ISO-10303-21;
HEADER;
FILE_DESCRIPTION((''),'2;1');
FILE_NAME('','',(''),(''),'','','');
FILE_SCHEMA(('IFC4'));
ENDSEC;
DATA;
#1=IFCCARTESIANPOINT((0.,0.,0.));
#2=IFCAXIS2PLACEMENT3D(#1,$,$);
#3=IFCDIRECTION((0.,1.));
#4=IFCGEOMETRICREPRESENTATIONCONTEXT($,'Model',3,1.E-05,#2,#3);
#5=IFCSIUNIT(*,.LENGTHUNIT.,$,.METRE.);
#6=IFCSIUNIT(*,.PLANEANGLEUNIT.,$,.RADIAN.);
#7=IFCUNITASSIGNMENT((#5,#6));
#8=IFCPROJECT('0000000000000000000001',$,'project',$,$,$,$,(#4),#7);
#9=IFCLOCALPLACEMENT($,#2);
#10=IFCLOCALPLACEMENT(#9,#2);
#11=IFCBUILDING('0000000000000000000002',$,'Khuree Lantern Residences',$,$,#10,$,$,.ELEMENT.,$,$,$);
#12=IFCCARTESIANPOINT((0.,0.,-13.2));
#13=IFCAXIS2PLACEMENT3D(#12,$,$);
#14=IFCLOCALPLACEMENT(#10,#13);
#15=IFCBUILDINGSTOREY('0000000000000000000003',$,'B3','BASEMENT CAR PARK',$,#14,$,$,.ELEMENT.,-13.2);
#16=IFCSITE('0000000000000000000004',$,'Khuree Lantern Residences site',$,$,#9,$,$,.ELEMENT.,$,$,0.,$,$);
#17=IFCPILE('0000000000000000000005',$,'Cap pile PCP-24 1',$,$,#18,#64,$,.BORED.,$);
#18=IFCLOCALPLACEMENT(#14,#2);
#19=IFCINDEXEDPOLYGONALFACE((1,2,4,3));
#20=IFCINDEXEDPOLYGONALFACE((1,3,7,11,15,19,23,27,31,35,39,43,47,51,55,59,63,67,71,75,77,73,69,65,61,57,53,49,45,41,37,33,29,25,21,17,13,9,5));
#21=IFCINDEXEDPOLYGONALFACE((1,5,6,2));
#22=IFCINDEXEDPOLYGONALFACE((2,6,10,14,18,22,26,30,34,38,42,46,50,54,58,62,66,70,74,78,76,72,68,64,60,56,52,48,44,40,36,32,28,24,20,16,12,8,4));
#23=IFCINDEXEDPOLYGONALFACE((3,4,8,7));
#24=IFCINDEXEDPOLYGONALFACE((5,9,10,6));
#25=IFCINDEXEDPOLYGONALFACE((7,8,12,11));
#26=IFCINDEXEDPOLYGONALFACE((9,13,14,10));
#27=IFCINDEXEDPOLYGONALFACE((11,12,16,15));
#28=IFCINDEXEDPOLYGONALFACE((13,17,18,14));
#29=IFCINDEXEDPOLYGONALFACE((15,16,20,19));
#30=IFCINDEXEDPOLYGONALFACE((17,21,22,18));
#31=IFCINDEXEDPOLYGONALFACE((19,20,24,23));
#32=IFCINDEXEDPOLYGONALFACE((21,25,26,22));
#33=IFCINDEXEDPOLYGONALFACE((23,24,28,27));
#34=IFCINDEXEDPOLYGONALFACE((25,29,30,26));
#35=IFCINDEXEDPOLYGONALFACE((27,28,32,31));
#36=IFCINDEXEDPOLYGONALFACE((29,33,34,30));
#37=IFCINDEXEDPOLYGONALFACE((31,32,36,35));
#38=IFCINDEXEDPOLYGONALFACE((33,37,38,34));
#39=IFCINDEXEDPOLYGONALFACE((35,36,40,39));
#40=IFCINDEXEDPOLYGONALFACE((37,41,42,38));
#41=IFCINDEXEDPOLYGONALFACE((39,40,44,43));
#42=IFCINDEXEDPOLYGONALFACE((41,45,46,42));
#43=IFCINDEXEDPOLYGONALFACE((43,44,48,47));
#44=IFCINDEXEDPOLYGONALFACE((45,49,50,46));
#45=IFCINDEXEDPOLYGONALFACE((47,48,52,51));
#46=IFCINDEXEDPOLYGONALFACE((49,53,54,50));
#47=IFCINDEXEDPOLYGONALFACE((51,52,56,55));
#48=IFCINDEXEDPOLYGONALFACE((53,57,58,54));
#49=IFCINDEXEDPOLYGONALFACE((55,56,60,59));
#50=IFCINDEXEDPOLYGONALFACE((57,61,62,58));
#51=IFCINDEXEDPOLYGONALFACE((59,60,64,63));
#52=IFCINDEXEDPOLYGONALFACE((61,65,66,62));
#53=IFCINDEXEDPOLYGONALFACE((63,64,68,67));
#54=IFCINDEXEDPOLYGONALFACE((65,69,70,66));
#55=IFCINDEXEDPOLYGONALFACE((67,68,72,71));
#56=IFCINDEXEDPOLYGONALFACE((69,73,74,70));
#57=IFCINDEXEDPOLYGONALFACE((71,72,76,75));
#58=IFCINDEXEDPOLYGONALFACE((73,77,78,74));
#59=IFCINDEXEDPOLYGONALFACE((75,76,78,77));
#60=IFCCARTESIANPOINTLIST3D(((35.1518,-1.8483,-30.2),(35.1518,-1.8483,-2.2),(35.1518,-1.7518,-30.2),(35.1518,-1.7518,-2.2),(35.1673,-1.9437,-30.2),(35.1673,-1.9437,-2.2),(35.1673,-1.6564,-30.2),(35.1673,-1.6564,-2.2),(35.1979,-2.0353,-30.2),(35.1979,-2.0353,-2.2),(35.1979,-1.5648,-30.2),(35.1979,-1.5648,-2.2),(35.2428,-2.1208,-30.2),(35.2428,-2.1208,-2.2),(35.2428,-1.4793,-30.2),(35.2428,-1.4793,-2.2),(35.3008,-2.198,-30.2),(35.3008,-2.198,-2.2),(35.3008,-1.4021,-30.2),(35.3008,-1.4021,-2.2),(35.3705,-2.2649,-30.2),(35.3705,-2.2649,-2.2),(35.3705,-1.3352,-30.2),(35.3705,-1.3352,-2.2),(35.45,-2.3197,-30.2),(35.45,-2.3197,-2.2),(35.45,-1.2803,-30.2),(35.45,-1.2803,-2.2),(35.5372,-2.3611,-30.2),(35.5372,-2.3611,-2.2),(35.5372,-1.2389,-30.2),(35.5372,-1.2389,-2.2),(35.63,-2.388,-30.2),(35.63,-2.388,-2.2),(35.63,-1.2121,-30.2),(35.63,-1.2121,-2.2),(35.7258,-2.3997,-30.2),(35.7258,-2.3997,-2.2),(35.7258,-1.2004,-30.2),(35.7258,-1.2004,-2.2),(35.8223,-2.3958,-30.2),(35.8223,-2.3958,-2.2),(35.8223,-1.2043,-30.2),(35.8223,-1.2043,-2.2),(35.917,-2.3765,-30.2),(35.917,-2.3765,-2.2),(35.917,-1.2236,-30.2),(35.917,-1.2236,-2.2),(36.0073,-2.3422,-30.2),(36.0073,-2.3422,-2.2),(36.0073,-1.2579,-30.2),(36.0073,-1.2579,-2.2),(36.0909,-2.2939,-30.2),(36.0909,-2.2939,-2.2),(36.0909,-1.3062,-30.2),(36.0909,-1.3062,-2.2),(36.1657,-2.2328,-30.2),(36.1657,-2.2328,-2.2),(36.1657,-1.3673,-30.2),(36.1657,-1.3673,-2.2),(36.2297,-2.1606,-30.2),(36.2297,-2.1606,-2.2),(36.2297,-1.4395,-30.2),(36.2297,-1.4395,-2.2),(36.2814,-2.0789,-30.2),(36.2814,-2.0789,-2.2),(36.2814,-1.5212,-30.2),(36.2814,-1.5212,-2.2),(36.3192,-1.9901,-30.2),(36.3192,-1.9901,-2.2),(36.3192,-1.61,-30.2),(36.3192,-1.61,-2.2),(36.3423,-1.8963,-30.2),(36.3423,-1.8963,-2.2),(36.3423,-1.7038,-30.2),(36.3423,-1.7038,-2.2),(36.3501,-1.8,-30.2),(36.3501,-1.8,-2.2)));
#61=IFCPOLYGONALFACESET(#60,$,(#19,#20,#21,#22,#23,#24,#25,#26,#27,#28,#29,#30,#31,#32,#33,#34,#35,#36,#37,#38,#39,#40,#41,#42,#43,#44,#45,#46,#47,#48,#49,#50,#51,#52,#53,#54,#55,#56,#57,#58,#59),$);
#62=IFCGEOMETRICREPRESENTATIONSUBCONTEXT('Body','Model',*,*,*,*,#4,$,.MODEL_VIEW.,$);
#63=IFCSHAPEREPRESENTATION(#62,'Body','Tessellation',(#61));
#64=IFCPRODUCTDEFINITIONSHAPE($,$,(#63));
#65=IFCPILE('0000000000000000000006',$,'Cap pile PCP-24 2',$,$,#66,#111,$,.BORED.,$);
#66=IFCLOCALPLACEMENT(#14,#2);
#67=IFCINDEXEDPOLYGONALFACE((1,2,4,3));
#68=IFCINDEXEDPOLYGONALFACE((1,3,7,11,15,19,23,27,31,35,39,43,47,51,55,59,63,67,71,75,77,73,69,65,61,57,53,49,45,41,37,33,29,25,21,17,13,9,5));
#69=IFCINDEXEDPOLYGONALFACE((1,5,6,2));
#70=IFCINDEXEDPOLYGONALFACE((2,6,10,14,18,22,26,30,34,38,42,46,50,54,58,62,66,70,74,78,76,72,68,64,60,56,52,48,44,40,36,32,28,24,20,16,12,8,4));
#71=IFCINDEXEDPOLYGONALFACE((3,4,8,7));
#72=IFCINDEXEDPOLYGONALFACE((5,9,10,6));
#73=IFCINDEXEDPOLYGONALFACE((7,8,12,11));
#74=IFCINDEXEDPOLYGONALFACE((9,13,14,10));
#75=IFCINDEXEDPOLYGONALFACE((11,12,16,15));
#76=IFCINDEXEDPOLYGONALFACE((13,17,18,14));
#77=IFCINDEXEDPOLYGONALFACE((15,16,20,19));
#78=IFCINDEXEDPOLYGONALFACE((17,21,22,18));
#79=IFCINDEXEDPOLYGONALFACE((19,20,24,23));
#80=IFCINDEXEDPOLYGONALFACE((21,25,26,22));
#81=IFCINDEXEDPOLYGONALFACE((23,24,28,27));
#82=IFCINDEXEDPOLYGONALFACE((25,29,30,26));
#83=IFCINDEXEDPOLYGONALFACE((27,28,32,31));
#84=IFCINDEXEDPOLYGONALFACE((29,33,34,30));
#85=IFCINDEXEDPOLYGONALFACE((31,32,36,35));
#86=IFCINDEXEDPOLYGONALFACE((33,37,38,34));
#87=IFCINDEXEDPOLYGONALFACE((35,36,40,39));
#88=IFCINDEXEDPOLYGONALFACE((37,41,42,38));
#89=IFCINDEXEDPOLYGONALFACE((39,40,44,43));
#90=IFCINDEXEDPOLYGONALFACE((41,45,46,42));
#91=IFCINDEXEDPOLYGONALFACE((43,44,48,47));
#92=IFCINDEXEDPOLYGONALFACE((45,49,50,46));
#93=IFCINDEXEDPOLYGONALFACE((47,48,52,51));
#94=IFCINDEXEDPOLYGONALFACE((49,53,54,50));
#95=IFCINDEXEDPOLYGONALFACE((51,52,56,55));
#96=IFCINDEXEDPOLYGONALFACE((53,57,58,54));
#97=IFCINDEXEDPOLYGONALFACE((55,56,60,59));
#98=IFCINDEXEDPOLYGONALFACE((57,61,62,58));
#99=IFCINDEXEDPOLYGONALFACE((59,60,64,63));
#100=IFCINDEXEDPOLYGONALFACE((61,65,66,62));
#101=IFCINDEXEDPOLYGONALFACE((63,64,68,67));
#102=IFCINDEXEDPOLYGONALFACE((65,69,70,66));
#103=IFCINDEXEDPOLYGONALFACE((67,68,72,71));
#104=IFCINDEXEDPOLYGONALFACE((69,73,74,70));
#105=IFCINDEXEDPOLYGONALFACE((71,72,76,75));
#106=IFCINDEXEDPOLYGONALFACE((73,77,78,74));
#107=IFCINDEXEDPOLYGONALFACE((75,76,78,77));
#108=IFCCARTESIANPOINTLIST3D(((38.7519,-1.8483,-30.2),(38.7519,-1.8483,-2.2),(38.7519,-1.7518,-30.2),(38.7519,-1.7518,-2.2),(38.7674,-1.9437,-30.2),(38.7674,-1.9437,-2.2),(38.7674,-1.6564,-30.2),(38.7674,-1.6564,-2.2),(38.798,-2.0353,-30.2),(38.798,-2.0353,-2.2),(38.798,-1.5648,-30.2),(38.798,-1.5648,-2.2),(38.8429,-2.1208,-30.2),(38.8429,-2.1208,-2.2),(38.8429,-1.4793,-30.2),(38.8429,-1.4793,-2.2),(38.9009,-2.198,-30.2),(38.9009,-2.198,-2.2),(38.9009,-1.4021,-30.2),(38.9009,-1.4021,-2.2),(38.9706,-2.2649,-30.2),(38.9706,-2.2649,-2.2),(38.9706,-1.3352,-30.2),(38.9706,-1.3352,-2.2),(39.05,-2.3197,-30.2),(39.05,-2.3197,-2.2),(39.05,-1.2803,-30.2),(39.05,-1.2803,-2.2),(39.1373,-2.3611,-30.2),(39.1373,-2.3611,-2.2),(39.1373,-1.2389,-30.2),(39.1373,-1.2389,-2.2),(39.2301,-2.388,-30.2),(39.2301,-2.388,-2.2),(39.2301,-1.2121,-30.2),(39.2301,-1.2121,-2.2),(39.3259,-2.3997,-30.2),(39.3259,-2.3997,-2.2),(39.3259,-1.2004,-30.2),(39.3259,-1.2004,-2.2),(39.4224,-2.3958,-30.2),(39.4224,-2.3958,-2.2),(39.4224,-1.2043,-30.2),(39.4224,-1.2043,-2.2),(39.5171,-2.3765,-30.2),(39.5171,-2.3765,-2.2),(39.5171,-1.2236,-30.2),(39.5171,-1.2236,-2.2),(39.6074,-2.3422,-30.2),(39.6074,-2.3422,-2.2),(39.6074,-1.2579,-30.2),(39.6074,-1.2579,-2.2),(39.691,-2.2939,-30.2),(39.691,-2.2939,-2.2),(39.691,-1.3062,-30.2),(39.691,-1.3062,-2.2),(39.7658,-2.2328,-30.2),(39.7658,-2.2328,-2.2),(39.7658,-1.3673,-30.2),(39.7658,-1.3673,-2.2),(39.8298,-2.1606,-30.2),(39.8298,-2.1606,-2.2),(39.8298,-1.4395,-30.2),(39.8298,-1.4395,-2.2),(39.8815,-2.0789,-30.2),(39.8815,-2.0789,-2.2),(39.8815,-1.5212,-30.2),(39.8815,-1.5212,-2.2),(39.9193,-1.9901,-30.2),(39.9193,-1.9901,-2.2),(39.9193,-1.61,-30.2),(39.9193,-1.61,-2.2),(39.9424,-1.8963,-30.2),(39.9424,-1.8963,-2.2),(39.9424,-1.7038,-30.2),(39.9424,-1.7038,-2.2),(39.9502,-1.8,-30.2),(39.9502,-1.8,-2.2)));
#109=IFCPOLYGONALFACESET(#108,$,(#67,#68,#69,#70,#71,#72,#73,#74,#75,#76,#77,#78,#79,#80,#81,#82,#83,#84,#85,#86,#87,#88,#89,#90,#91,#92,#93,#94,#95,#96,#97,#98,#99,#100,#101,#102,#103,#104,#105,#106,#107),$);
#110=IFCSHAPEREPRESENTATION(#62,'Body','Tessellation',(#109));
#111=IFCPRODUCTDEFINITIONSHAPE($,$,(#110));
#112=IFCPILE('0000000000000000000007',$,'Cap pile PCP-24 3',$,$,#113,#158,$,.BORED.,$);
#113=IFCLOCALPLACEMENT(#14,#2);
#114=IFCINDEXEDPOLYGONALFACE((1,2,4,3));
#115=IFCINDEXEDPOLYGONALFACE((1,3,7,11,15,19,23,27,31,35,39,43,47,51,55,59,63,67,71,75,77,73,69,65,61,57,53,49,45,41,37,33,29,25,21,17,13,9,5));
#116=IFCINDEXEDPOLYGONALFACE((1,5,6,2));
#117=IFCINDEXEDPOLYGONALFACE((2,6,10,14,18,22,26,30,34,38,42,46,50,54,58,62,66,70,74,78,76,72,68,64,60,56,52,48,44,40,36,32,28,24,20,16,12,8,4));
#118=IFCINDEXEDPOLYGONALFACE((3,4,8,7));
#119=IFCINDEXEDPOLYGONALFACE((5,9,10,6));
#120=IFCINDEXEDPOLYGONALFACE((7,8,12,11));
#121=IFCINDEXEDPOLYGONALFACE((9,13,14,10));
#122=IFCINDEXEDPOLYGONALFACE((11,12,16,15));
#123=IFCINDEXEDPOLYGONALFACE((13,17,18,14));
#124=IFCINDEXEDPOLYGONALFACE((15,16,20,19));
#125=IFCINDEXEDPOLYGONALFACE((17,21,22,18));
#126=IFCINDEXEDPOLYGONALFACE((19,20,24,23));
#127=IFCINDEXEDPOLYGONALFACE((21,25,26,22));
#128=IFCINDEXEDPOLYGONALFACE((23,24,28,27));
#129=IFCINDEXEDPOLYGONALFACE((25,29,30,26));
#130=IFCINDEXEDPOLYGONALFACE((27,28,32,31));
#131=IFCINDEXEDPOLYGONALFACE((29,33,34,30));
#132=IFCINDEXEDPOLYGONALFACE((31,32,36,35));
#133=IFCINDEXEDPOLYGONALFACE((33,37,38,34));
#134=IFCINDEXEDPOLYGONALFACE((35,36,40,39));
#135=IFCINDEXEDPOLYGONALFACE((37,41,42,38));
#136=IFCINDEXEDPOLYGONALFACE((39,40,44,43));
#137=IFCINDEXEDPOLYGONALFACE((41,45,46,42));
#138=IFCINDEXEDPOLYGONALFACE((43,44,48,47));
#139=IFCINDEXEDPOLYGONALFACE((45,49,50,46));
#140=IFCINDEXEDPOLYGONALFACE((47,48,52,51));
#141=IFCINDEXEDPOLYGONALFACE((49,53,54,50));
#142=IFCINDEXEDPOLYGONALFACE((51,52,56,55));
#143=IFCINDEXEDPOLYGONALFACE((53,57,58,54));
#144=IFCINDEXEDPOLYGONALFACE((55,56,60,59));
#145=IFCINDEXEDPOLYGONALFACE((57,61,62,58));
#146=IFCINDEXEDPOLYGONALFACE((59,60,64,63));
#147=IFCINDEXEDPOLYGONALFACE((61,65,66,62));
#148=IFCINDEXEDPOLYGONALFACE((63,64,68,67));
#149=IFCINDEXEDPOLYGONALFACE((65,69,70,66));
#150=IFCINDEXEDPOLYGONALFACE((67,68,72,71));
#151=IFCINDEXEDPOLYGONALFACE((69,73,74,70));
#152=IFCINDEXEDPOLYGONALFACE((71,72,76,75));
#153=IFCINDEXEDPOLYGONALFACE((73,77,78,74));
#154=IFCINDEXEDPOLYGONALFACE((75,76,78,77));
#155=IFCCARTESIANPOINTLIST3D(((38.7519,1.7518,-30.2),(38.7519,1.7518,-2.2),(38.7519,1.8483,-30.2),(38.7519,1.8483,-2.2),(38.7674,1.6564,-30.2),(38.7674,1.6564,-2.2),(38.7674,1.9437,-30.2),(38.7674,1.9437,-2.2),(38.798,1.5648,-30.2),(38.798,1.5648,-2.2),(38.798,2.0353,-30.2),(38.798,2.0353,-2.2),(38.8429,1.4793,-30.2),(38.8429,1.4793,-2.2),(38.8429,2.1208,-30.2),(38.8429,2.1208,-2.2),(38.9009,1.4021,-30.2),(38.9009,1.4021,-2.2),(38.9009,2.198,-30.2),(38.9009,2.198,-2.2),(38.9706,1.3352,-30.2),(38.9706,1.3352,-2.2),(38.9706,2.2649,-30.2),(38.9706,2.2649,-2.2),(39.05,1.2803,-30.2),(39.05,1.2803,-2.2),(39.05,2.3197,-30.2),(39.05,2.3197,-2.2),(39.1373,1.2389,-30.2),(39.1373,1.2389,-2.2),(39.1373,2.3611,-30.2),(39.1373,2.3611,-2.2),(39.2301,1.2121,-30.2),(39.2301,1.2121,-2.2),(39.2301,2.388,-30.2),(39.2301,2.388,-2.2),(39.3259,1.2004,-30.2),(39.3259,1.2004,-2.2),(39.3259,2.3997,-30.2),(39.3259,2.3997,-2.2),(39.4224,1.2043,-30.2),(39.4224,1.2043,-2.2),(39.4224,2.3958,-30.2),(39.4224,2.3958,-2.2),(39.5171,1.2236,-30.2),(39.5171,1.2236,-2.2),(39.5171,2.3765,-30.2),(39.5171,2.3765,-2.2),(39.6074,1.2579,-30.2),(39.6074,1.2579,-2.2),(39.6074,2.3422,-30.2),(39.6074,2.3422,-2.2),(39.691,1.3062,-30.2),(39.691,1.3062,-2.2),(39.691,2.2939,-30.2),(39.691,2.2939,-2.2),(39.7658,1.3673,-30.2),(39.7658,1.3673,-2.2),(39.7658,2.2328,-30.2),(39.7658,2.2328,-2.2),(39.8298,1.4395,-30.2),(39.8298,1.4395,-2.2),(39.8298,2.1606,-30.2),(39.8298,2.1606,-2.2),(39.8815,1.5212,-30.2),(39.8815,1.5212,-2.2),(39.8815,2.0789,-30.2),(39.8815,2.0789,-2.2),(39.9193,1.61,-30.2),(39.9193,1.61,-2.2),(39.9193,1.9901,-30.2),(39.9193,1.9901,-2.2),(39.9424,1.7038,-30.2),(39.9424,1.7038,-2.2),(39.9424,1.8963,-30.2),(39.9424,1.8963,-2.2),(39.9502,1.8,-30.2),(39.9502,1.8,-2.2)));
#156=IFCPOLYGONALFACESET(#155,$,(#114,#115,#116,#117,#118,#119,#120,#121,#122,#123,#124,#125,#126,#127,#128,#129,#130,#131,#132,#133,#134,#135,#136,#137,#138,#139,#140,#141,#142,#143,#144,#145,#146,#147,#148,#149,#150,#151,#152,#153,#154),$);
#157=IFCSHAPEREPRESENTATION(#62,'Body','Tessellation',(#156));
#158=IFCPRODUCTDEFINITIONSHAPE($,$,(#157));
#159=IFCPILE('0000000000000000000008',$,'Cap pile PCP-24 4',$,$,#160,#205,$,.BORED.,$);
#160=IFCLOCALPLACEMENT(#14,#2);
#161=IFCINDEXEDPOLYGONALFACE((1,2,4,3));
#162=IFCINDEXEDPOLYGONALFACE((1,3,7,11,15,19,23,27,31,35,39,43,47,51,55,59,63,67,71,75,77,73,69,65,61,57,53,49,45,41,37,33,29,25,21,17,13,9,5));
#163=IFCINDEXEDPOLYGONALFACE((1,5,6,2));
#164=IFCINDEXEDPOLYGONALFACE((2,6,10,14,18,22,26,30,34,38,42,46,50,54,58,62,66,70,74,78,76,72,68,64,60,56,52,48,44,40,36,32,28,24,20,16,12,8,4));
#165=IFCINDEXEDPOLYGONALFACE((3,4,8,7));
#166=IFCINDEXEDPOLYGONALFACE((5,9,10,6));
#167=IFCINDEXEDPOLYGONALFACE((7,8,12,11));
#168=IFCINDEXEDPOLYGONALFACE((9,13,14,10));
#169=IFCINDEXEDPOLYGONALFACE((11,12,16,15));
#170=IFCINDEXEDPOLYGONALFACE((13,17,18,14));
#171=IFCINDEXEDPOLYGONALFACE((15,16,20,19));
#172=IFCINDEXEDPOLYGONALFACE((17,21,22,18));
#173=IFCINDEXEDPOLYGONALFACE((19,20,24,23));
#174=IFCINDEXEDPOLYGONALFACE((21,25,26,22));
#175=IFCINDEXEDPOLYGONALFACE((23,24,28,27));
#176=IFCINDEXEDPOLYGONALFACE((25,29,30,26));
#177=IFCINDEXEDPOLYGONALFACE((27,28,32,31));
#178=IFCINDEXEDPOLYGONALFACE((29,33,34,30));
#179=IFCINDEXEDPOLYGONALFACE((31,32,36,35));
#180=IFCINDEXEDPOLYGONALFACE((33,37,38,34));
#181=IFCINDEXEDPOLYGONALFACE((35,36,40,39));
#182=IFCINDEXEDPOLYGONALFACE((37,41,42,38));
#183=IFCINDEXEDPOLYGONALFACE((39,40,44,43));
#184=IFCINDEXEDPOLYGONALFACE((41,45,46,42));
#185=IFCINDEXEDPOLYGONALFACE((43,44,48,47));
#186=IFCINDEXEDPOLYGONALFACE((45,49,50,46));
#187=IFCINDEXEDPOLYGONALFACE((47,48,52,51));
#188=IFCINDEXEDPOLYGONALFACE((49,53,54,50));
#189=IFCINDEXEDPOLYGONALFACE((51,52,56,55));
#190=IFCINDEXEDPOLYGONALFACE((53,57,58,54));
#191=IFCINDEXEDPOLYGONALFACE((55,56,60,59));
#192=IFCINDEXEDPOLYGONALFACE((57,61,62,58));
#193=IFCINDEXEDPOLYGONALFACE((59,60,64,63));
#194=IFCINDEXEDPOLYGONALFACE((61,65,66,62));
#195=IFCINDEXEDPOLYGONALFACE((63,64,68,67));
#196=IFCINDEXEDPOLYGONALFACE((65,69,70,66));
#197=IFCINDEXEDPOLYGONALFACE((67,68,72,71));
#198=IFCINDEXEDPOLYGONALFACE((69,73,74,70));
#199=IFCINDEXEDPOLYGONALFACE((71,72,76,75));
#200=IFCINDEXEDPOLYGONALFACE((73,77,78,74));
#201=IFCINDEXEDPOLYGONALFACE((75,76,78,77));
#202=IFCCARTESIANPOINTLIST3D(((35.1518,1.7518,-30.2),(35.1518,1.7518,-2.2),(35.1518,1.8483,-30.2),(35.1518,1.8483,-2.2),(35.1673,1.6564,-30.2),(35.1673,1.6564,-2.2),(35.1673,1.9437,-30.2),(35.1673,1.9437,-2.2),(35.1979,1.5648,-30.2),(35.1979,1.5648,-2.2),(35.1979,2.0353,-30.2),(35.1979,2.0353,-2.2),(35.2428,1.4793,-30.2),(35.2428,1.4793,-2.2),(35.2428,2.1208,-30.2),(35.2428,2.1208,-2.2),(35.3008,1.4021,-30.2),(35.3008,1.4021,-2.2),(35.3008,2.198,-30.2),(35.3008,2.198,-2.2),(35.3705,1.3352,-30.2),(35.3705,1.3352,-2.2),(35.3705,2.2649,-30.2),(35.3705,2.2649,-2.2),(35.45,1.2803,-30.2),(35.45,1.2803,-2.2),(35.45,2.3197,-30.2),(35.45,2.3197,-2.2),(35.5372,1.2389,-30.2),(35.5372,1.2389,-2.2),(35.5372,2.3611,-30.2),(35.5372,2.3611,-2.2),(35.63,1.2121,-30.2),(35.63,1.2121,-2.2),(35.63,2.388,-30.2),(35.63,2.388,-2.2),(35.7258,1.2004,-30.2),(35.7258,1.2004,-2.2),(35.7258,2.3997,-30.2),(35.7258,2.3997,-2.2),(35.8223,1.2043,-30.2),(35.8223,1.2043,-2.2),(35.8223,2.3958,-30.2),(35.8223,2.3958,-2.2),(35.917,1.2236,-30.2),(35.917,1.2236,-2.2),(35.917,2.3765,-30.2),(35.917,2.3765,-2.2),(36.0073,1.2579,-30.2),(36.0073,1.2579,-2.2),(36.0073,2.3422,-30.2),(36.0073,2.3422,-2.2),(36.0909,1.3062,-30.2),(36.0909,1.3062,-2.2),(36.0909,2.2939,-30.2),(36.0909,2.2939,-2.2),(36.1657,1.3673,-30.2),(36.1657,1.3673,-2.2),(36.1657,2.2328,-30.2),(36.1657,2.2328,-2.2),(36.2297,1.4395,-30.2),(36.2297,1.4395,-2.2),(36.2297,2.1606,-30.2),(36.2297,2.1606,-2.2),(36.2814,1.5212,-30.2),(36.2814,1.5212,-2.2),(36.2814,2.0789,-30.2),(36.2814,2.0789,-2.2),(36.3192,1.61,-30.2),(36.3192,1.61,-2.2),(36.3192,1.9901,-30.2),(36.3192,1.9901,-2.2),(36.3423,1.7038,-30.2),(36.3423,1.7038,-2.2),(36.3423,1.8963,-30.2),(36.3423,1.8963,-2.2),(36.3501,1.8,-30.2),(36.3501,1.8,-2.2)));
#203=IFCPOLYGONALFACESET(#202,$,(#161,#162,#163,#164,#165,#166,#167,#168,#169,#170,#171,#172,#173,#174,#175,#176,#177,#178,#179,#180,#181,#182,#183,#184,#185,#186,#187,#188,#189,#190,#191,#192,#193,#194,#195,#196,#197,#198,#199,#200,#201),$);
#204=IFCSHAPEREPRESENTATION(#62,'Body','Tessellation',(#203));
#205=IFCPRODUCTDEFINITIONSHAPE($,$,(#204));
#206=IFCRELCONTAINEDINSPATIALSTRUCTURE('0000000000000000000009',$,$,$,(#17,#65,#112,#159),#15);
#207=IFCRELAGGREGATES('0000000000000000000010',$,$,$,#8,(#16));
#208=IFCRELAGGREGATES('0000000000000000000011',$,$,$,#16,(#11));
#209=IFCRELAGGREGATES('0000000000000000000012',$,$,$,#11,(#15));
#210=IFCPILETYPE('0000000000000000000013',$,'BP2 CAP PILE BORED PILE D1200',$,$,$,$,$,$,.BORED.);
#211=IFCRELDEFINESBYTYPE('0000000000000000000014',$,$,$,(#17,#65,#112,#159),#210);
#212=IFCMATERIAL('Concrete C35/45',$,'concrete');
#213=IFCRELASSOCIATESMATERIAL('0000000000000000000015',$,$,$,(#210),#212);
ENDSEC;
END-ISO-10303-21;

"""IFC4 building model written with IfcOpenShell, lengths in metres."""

from ifc_helpers import new_model, si_unit, direction, frame, origin, origin_2d, place, context, subcontext, project, spatial, circle, extrude, material, material_profile, profile_set, type_object, element, save


model = new_model("IFC4")

# Units and contexts
model_context = context("Model", 3, precision=1e-05, world=origin(), true_north=direction((0.0, 1.0)))
body_context = subcontext(model_context, "Body", "Model", "MODEL_VIEW")
ifc_project = project(units=[si_unit("LENGTHUNIT", "METRE"), si_unit("PLANEANGLEUNIT", "RADIAN")], contexts=[model_context])

# Site, building, storey
site_placement = place(None, origin())
site = spatial("IfcSite", under=ifc_project, at=site_placement, Name="Khuree Lantern Residences site", CompositionType="ELEMENT", RefElevation=0.0)
building_placement = place(site_placement, origin())
building = spatial("IfcBuilding", under=site, at=building_placement, Name="Khuree Lantern Residences", CompositionType="ELEMENT")
storey_placement = place(building_placement, frame((0.0, 0.0, -13.2)))
storey = spatial("IfcBuildingStorey", under=building, at=storey_placement, Name="B3", Description="BASEMENT CAR PARK", CompositionType="ELEMENT", Elevation=-13.2)

# Piles
ifc_material_1 = material(Name="Concrete C35/45", Category="concrete")
ifc_material_profile_1 = material_profile(ifc_material_1, circle(Radius=0.6001, at=origin_2d()), Name="BORED PILE D1200")
ifc_profile_set_1 = profile_set([ifc_material_profile_1], Name="Concrete C35/45")
pile_type_1 = type_object("IfcPileType", Name="BP2 CAP PILE BORED PILE D1200", PredefinedType="BORED", material=ifc_profile_set_1)
for number, where, z_axis, x_axis, name in (
    (1, (35.75, -1.8, -2.2), (0.0, 0.0, -1.0), (1.0, 0.0, 0.0), "Cap pile PCP-24 1"),
    (2, (39.3501, -1.8, -2.2), (0.0, 0.0, -1.0), (1.0, 0.0, 0.0), "Cap pile PCP-24 2"),
    (3, (39.3501, 1.8, -2.2), (0.0, 0.0, -1.0), (1.0, 0.0, 0.0), "Cap pile PCP-24 3"),
    (4, (35.75, 1.8, -2.2), (0.0, 0.0, -1.0), (1.0, 0.0, 0.0), "Cap pile PCP-24 4"),
):
    element("IfcPile", number, at=place(storey_placement, frame(where, z_axis=z_axis, x_axis=x_axis)), inside=storey, type_object=pile_type_1, Name=name, PredefinedType="BORED", context=body_context, shape_type="SweptSolid", body=[
        extrude(circle(Radius=0.6001, at=origin_2d()), origin(), (0.0, 0.0, 1.0), 28.0),
    ])

save(model, "model.ifc")
